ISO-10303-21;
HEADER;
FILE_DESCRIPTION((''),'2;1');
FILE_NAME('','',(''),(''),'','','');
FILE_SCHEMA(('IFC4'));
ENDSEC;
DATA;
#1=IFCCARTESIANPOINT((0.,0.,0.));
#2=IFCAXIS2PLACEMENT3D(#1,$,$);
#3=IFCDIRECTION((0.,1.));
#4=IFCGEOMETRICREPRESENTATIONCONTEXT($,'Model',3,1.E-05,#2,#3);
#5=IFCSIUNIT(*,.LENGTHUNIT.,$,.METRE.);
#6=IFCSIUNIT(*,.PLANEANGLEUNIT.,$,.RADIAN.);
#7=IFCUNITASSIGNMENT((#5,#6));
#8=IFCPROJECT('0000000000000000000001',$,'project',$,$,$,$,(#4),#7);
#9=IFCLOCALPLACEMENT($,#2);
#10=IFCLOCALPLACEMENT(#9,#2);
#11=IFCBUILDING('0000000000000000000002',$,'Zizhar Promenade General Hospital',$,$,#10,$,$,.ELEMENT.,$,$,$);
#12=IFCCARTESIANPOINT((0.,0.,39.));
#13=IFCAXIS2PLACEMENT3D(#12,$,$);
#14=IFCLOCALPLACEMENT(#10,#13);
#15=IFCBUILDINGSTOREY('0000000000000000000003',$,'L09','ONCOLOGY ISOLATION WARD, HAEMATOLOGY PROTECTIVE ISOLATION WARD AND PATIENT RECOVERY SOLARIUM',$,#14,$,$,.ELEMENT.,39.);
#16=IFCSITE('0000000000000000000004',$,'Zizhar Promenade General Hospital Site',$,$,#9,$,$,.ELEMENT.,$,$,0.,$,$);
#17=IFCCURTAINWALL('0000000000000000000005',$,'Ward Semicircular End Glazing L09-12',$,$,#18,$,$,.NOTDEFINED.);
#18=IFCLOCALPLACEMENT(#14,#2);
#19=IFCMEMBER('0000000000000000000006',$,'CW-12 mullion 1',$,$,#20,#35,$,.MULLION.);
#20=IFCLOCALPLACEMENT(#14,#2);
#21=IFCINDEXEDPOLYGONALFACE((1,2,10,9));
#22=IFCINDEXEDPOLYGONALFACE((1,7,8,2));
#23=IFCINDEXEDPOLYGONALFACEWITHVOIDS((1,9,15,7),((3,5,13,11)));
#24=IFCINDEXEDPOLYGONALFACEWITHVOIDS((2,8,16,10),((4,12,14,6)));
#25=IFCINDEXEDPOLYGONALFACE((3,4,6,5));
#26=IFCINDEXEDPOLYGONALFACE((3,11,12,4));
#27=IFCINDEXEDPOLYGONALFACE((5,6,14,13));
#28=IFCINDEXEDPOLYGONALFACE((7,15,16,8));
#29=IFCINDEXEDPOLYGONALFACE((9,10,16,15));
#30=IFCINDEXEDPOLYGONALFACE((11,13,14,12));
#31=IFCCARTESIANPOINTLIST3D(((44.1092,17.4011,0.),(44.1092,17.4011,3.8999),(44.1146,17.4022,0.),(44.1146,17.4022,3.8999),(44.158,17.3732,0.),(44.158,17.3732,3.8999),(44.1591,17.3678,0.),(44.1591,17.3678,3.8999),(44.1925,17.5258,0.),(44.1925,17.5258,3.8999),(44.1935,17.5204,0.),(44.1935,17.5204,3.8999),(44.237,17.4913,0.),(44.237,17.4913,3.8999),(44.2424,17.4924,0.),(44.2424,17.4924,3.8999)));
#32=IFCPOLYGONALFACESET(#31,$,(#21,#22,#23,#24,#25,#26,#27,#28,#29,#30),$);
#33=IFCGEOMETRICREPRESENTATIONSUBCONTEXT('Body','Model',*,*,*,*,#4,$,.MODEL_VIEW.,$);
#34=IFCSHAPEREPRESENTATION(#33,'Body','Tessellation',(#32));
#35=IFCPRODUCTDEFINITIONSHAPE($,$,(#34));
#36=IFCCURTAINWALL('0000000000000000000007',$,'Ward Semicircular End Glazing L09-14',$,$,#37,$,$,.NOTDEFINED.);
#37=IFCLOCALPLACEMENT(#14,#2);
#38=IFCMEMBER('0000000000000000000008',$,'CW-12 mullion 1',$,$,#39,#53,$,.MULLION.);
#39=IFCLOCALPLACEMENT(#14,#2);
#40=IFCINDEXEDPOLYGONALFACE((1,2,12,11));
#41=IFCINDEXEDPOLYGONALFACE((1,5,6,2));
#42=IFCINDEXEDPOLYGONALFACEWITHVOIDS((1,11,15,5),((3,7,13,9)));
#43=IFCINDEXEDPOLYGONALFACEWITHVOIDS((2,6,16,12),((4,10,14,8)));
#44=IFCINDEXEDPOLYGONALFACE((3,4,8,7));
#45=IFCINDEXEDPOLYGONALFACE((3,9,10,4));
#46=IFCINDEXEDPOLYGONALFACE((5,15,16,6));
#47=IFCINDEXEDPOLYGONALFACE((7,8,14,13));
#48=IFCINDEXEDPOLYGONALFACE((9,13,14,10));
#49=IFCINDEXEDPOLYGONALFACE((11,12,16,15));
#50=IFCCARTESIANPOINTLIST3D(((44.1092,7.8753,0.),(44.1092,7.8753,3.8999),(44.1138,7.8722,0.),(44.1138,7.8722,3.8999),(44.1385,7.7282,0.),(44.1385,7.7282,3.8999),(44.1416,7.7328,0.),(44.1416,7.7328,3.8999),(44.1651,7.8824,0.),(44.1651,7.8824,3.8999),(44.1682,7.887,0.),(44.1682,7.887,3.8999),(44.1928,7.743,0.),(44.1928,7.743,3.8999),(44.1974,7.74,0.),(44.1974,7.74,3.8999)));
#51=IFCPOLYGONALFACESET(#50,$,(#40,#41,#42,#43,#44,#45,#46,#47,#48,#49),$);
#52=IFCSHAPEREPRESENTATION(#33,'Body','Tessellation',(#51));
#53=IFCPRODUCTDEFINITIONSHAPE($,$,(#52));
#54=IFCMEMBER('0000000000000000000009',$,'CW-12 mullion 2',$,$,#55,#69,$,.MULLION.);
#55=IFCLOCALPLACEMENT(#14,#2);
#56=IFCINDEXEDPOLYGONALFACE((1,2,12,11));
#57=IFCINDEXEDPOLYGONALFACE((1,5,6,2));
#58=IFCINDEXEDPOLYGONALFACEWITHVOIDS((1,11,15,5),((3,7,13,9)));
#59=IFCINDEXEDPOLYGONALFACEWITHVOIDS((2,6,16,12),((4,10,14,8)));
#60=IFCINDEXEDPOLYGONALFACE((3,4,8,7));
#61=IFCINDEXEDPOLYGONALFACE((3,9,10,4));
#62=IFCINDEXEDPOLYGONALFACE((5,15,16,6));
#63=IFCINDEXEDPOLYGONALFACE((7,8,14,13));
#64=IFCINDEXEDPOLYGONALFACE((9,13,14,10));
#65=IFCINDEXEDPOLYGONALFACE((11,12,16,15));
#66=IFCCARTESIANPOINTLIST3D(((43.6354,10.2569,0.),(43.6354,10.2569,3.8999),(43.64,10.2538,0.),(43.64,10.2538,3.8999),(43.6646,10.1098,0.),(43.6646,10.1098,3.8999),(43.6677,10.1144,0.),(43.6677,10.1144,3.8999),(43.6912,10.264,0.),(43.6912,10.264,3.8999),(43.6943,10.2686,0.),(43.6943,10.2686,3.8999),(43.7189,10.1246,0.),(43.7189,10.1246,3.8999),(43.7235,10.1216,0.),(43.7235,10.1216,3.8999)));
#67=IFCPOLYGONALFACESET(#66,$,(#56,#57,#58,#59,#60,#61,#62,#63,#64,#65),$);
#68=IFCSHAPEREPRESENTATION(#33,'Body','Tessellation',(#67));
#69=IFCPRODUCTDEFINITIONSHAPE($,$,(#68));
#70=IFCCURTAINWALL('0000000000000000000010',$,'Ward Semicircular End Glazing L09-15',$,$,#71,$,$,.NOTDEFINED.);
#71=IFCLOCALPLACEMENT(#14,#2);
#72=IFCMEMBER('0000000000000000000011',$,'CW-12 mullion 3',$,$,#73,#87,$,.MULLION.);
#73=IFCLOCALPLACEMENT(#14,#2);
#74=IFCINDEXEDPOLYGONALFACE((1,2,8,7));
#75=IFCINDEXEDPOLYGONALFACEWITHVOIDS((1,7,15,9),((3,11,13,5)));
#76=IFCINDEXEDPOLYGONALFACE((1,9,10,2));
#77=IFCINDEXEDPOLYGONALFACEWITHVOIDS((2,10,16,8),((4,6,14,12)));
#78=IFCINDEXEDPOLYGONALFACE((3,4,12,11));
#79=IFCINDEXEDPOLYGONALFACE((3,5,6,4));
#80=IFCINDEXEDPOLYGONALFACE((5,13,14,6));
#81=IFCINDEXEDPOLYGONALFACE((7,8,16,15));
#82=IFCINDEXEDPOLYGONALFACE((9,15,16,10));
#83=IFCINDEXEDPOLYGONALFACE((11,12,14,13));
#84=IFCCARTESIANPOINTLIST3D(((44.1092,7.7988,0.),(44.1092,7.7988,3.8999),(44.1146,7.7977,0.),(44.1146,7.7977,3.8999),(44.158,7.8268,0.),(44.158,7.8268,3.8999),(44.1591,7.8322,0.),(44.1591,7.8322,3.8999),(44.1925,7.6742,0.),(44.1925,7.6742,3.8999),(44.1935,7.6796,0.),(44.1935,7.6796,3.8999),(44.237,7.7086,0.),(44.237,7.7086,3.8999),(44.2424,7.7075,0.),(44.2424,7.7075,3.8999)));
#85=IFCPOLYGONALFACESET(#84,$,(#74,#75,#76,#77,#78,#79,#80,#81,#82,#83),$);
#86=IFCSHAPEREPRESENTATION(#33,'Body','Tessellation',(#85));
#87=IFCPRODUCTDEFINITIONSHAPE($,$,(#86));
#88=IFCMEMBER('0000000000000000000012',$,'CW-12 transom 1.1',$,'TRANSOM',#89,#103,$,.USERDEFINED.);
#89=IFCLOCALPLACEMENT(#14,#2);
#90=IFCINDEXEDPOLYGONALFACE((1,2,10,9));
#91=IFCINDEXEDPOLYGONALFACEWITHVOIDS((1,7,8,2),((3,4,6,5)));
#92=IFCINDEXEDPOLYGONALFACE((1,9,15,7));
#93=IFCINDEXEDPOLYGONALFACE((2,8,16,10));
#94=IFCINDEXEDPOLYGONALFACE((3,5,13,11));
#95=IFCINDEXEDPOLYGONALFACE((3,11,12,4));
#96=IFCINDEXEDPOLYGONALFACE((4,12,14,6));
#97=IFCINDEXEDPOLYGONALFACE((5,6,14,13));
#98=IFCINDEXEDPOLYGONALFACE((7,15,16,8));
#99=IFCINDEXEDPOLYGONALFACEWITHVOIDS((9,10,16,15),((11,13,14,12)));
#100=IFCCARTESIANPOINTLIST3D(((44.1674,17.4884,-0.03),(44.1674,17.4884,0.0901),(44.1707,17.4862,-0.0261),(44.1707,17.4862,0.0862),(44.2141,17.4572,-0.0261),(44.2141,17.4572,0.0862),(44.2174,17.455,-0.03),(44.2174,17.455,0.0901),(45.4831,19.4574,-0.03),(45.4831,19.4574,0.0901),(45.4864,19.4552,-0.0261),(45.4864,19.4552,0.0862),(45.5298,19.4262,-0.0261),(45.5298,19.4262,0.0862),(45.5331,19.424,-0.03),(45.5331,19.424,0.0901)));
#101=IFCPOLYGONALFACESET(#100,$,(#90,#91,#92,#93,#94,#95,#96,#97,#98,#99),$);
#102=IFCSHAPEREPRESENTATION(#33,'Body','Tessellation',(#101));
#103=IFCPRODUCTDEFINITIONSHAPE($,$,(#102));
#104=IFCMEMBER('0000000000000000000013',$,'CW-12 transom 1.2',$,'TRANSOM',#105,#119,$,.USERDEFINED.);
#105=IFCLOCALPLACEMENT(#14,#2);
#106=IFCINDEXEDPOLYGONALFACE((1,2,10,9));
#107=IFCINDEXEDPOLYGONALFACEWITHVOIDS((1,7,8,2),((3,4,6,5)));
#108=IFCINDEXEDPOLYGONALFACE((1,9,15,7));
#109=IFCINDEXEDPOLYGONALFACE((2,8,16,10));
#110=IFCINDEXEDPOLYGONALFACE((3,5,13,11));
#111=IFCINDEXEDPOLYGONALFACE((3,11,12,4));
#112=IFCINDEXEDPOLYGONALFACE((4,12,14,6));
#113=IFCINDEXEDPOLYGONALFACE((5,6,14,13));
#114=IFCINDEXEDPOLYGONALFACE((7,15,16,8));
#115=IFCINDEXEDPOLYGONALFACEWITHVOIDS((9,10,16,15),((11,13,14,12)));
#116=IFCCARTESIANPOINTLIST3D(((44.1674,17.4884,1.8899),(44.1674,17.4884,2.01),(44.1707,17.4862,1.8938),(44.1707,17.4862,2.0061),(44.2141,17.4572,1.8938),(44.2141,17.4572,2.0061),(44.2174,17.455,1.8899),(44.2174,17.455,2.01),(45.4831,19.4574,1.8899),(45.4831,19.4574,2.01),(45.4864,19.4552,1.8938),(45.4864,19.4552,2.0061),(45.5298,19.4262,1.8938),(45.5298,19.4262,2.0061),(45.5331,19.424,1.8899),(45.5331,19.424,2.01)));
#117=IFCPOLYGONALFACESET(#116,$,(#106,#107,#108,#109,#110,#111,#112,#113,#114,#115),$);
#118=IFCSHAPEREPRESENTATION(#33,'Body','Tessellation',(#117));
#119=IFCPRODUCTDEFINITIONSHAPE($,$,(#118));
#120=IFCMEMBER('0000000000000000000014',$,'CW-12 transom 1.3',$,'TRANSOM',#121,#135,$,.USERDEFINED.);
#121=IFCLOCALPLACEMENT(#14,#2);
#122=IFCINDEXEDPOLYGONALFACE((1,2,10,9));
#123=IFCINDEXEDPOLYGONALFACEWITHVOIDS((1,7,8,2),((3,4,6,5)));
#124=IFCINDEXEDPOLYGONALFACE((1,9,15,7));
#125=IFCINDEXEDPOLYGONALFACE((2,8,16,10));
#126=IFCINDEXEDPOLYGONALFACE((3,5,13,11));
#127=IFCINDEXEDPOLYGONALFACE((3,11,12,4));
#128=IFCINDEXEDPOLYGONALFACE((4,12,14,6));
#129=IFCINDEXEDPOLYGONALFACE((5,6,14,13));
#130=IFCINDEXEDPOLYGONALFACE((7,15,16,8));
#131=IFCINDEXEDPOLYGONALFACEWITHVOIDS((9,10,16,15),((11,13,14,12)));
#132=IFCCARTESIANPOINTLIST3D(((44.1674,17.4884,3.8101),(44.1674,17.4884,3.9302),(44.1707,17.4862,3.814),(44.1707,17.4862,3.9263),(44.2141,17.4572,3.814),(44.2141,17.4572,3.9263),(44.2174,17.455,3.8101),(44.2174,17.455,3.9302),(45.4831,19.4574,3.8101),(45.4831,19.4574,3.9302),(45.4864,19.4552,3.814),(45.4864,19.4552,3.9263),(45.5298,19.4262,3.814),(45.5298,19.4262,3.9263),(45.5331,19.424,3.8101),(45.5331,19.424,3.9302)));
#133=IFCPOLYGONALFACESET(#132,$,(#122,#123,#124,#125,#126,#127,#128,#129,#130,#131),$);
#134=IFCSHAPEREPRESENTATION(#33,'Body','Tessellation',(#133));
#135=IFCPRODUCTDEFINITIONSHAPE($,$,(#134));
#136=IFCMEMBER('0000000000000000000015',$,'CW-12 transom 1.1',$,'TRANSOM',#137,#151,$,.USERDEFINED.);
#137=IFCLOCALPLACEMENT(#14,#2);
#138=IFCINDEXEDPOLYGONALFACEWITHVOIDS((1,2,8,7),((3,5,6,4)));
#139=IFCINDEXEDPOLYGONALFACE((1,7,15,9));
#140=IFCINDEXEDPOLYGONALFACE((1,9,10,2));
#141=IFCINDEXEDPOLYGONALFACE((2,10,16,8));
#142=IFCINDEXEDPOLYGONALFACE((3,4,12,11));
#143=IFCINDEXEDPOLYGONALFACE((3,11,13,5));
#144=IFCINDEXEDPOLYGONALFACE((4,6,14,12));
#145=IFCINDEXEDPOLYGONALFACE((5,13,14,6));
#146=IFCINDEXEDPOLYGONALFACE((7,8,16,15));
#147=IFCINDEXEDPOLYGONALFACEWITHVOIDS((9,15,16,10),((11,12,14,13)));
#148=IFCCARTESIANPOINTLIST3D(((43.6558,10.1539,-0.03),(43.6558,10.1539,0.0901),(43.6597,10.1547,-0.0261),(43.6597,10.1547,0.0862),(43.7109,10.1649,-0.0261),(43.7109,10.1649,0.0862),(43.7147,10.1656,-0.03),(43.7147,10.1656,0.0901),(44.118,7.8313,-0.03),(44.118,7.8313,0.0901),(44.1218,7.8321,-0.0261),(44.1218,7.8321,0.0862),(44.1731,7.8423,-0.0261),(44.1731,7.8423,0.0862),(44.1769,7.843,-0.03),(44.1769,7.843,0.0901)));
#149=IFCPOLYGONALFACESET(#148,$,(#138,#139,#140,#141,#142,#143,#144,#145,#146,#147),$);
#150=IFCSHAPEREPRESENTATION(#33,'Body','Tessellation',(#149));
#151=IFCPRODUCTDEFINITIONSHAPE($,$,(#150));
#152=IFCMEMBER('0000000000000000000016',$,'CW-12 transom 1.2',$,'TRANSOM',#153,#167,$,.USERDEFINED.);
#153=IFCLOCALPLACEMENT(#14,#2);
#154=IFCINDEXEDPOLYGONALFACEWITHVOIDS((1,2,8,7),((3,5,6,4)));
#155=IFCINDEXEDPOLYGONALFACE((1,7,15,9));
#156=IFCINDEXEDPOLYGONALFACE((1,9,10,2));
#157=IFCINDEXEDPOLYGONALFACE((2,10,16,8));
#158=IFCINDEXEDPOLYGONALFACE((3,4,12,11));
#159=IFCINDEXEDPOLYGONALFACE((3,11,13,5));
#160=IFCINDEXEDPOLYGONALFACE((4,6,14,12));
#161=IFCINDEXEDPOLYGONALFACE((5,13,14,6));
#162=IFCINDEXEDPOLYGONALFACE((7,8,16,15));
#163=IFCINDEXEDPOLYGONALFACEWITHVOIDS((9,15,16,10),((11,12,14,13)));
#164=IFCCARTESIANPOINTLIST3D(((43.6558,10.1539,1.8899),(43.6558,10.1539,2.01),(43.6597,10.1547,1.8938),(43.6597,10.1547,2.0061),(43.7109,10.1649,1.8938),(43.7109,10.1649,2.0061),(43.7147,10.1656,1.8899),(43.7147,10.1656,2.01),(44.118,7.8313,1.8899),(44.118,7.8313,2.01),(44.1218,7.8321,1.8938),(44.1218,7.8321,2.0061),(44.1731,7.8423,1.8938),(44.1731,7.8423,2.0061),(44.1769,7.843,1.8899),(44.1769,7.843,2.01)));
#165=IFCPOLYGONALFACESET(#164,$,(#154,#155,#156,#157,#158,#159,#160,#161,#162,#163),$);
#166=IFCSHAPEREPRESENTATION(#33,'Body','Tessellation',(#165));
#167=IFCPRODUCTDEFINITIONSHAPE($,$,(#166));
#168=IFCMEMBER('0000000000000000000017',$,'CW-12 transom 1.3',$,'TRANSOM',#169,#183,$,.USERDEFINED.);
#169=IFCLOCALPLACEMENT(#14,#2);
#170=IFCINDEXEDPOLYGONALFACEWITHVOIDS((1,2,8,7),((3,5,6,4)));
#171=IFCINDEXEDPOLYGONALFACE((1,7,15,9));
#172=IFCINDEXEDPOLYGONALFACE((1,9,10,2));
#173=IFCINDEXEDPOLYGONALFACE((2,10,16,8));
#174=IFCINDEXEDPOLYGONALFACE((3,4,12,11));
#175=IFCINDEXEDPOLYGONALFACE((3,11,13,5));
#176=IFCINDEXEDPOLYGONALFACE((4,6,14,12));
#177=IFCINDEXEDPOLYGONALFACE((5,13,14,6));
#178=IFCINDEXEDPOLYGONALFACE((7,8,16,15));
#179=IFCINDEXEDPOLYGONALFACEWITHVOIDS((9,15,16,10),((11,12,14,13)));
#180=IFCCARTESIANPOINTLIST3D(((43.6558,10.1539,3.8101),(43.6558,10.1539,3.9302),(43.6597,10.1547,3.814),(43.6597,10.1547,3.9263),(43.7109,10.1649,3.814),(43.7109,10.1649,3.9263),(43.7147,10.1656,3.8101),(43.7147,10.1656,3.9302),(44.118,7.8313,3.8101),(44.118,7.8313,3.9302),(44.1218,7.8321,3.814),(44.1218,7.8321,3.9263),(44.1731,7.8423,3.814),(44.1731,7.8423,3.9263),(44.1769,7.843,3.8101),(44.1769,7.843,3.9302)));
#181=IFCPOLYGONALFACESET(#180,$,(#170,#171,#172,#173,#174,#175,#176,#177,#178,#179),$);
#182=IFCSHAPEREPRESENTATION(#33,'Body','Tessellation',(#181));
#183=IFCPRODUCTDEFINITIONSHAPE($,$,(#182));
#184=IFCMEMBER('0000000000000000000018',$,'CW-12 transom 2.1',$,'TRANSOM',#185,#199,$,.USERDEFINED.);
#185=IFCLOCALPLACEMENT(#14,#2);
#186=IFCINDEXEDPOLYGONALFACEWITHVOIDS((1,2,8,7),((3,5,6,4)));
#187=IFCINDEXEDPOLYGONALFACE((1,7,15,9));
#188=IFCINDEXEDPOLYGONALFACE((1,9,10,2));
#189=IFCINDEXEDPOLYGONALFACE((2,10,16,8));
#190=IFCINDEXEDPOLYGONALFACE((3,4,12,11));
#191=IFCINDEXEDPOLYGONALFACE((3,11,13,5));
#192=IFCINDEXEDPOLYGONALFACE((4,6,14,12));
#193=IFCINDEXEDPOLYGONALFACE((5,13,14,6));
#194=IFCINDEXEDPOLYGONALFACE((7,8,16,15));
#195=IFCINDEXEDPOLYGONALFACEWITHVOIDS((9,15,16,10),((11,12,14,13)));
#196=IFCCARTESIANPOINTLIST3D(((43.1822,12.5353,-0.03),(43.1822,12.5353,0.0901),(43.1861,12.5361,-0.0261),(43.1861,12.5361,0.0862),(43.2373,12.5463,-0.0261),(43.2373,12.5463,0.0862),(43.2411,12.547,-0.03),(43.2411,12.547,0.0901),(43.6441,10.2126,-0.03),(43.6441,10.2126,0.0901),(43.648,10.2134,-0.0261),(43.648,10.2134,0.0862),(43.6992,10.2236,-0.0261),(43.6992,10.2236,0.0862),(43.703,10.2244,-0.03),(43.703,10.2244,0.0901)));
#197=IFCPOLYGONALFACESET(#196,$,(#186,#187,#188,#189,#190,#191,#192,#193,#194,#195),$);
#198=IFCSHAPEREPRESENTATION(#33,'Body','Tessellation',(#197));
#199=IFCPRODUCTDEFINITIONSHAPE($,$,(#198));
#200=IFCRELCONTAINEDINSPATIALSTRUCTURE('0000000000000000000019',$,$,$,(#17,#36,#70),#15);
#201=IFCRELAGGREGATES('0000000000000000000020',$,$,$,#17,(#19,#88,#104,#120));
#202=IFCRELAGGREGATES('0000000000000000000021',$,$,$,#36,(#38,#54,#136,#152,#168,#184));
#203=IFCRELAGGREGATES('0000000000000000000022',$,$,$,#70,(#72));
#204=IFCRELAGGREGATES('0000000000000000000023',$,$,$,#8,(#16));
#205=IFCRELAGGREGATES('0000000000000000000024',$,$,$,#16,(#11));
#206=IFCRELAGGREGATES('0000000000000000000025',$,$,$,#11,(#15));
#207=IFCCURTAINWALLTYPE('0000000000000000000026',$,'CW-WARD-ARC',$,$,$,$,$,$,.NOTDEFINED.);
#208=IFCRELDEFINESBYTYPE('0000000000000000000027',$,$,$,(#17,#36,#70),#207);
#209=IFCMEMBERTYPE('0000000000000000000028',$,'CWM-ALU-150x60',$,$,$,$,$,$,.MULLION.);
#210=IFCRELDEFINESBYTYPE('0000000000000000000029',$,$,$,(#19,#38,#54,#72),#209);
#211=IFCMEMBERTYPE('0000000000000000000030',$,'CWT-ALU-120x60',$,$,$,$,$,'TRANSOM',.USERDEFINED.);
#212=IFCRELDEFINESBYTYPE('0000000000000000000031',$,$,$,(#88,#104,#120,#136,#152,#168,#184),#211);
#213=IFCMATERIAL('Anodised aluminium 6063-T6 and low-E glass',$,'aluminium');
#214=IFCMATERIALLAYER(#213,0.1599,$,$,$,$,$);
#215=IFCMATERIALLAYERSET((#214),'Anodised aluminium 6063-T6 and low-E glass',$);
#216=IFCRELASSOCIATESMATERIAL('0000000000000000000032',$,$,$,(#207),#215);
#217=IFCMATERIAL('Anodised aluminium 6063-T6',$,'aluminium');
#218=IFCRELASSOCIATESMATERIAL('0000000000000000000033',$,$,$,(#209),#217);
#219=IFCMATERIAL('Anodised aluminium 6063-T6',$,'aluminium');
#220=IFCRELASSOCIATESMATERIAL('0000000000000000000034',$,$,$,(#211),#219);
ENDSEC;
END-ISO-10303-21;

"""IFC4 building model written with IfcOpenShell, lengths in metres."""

from ifc_helpers import new_model, si_unit, direction, frame, origin, origin_2d, place, context, subcontext, project, spatial, hollow_rectangle, extrude, material, layer, layer_set, material_profile, profile_set, type_object, element, aggregate, save


model = new_model("IFC4")

# Units and contexts
model_context = context("Model", 3, precision=1e-05, world=origin(), true_north=direction((0.0, 1.0)))
body_context = subcontext(model_context, "Body", "Model", "MODEL_VIEW")
ifc_project = project(units=[si_unit("LENGTHUNIT", "METRE"), si_unit("PLANEANGLEUNIT", "RADIAN")], contexts=[model_context])

# Site, building, storey
site_placement = place(None, origin())
site = spatial("IfcSite", under=ifc_project, at=site_placement, Name="Zizhar Promenade General Hospital Site", CompositionType="ELEMENT", RefElevation=0.0)
building_placement = place(site_placement, origin())
building = spatial("IfcBuilding", under=site, at=building_placement, Name="Zizhar Promenade General Hospital", CompositionType="ELEMENT")
storey_placement = place(building_placement, frame((0.0, 0.0, 39.0)))
storey = spatial("IfcBuildingStorey", under=building, at=storey_placement, Name="L09", Description="ONCOLOGY ISOLATION WARD, HAEMATOLOGY PROTECTIVE ISOLATION WARD AND PATIENT RECOVERY SOLARIUM", CompositionType="ELEMENT", Elevation=39.0)

# Curtain wall, member
ifc_material_1 = material(Name="Anodised aluminium 6063-T6 and low-E glass", Category="aluminium")
ifc_layer_1 = layer(ifc_material_1, 0.1599)
ifc_layer_set_1 = layer_set([ifc_layer_1], Name="Anodised aluminium 6063-T6 and low-E glass")
curtain_wall_type = type_object("IfcCurtainWallType", Name="CW-WARD-ARC", PredefinedType="NOTDEFINED", material=ifc_layer_set_1)
curtain_wall_1_placement = place(storey_placement, origin())
curtain_wall_1 = element("IfcCurtainWall", 1, at=curtain_wall_1_placement, inside=storey, type_object=curtain_wall_type, Name="Ward Semicircular End Glazing L09-12", PredefinedType="NOTDEFINED")
ifc_material_2 = material(Name="Anodised aluminium 6063-T6", Category="aluminium")
ifc_material_profile_1 = material_profile(ifc_material_2, hollow_rectangle(XDim=0.0601, YDim=0.1499, WallThickness=0.0039, at=origin_2d()))
ifc_profile_set_1 = profile_set([ifc_material_profile_1], Name="Anodised aluminium 6063-T6")
member_type_1 = type_object("IfcMemberType", Name="CWM-ALU-150x60", PredefinedType="MULLION", material=ifc_profile_set_1)
member_1_placement = place(storey_placement, frame((44.1758, 17.4468, 0.0), z_axis=(0.0, 0.0, 1.0), x_axis=(-0.831462, 0.555582, 0.0)))
member_1 = element("IfcMember", 2, at=member_1_placement, type_object=member_type_1, Name="CW-12 mullion 1", PredefinedType="MULLION", context=body_context, shape_type="SweptSolid", body=[
    extrude(hollow_rectangle(XDim=0.0601, YDim=0.1499, WallThickness=0.0039, at=origin_2d()), origin(), (0.0, 0.0, 1.0), 3.8999),
])

# Curtain wall, members
curtain_wall_2_placement = place(storey_placement, origin())
curtain_wall_2 = element("IfcCurtainWall", 3, at=curtain_wall_2_placement, inside=storey, type_object=curtain_wall_type, Name="Ward Semicircular End Glazing L09-14", PredefinedType="NOTDEFINED")
member_2_placement = place(storey_placement, frame((44.1533, 7.8076, 0.0), z_axis=(0.0, 0.0, 1.0), x_axis=(-0.980786, -0.195087, 0.0)))
member_2 = element("IfcMember", 4, at=member_2_placement, type_object=member_type_1, Name="CW-12 mullion 1", PredefinedType="MULLION", context=body_context, shape_type="SweptSolid", body=[
    extrude(hollow_rectangle(XDim=0.0601, YDim=0.1499, WallThickness=0.0039, at=origin_2d()), origin(), (0.0, 0.0, 1.0), 3.8999),
])
member_3_placement = place(storey_placement, frame((43.6794, 10.1892, 0.0), z_axis=(0.0, 0.0, 1.0), x_axis=(-0.980786, -0.195087, 0.0)))
member_3 = element("IfcMember", 5, at=member_3_placement, type_object=member_type_1, Name="CW-12 mullion 2", PredefinedType="MULLION", context=body_context, shape_type="SweptSolid", body=[
    extrude(hollow_rectangle(XDim=0.0601, YDim=0.1499, WallThickness=0.0039, at=origin_2d()), origin(), (0.0, 0.0, 1.0), 3.8999),
])

# Curtain wall, member
curtain_wall_3_placement = place(storey_placement, origin())
curtain_wall_3 = element("IfcCurtainWall", 6, at=curtain_wall_3_placement, inside=storey, type_object=curtain_wall_type, Name="Ward Semicircular End Glazing L09-15", PredefinedType="NOTDEFINED")
member_4_placement = place(storey_placement, frame((44.1758, 7.7532, 0.0), z_axis=(0.0, 0.0, 1.0), x_axis=(-0.831462, -0.555582, 0.0)))
member_4 = element("IfcMember", 7, at=member_4_placement, type_object=member_type_1, Name="CW-12 mullion 3", PredefinedType="MULLION", context=body_context, shape_type="SweptSolid", body=[
    extrude(hollow_rectangle(XDim=0.0601, YDim=0.1499, WallThickness=0.0039, at=origin_2d()), origin(), (0.0, 0.0, 1.0), 3.8999),
])

# Members
ifc_material_3 = material(Name="Anodised aluminium 6063-T6", Category="aluminium")
ifc_material_profile_2 = material_profile(ifc_material_3, hollow_rectangle(XDim=0.0601, YDim=0.1201, WallThickness=0.0039, at=origin_2d()))
ifc_profile_set_2 = profile_set([ifc_material_profile_2], Name="Anodised aluminium 6063-T6")
member_type_2 = type_object("IfcMemberType", Name="CWT-ALU-120x60", ElementType="TRANSOM", PredefinedType="USERDEFINED", material=ifc_profile_set_2)
member_5_placement = place(storey_placement, frame((44.1924, 17.4717, 0.03), z_axis=(0.55558, 0.831463, 0.0), x_axis=(-0.831463, 0.55558, 0.0)))
member_5 = element("IfcMember", 8, at=member_5_placement, type_object=member_type_2, Name="CW-12 transom 1.1", ObjectType="TRANSOM", PredefinedType="USERDEFINED", context=body_context, shape_type="SweptSolid", body=[
    extrude(hollow_rectangle(XDim=0.0601, YDim=0.1201, WallThickness=0.0039, at=origin_2d()), origin(), (0.0, 0.0, 1.0), 2.3682),
])
member_6_placement = place(storey_placement, frame((44.1924, 17.4717, 1.95), z_axis=(0.55558, 0.831463, 0.0), x_axis=(-0.831463, 0.55558, 0.0)))
member_6 = element("IfcMember", 9, at=member_6_placement, type_object=member_type_2, Name="CW-12 transom 1.2", ObjectType="TRANSOM", PredefinedType="USERDEFINED", context=body_context, shape_type="SweptSolid", body=[
    extrude(hollow_rectangle(XDim=0.0601, YDim=0.1201, WallThickness=0.0039, at=origin_2d()), origin(), (0.0, 0.0, 1.0), 2.3682),
])
member_7_placement = place(storey_placement, frame((44.1924, 17.4717, 3.8701), z_axis=(0.55558, 0.831463, 0.0), x_axis=(-0.831463, 0.55558, 0.0)))
member_7 = element("IfcMember", 10, at=member_7_placement, type_object=member_type_2, Name="CW-12 transom 1.3", ObjectType="TRANSOM", PredefinedType="USERDEFINED", context=body_context, shape_type="SweptSolid", body=[
    extrude(hollow_rectangle(XDim=0.0601, YDim=0.1201, WallThickness=0.0039, at=origin_2d()), origin(), (0.0, 0.0, 1.0), 2.3682),
])
member_8_placement = place(storey_placement, frame((44.1475, 7.8372, 0.03), z_axis=(-0.195164, 0.980771, 0.0), x_axis=(-0.980771, -0.195164, 0.0)))
member_8 = element("IfcMember", 11, at=member_8_placement, type_object=member_type_2, Name="CW-12 transom 1.1", ObjectType="TRANSOM", PredefinedType="USERDEFINED", context=body_context, shape_type="SweptSolid", body=[
    extrude(hollow_rectangle(XDim=0.0601, YDim=0.1201, WallThickness=0.0039, at=origin_2d()), origin(), (0.0, 0.0, 1.0), 2.3682),
])
member_9_placement = place(storey_placement, frame((44.1475, 7.8372, 1.95), z_axis=(-0.195164, 0.980771, 0.0), x_axis=(-0.980771, -0.195164, 0.0)))
member_9 = element("IfcMember", 12, at=member_9_placement, type_object=member_type_2, Name="CW-12 transom 1.2", ObjectType="TRANSOM", PredefinedType="USERDEFINED", context=body_context, shape_type="SweptSolid", body=[
    extrude(hollow_rectangle(XDim=0.0601, YDim=0.1201, WallThickness=0.0039, at=origin_2d()), origin(), (0.0, 0.0, 1.0), 2.3682),
])
member_10_placement = place(storey_placement, frame((44.1475, 7.8372, 3.8701), z_axis=(-0.195164, 0.980771, 0.0), x_axis=(-0.980771, -0.195164, 0.0)))
member_10 = element("IfcMember", 13, at=member_10_placement, type_object=member_type_2, Name="CW-12 transom 1.3", ObjectType="TRANSOM", PredefinedType="USERDEFINED", context=body_context, shape_type="SweptSolid", body=[
    extrude(hollow_rectangle(XDim=0.0601, YDim=0.1201, WallThickness=0.0039, at=origin_2d()), origin(), (0.0, 0.0, 1.0), 2.3682),
])
member_11_placement = place(storey_placement, frame((43.6736, 10.2185, 0.03), z_axis=(-0.195045, 0.980794, 0.0), x_axis=(-0.980794, -0.195045, 0.0)))
member_11 = element("IfcMember", 14, at=member_11_placement, type_object=member_type_2, Name="CW-12 transom 2.1", ObjectType="TRANSOM", PredefinedType="USERDEFINED", context=body_context, shape_type="SweptSolid", body=[
    extrude(hollow_rectangle(XDim=0.0601, YDim=0.1201, WallThickness=0.0039, at=origin_2d()), origin(), (0.0, 0.0, 1.0), 2.3682),
])

aggregate(curtain_wall_1, [member_1, member_5, member_6, member_7])
aggregate(curtain_wall_2, [member_2, member_3, member_8, member_9, member_10, member_11])
aggregate(curtain_wall_3, [member_4])

save(model, "model.ifc")
